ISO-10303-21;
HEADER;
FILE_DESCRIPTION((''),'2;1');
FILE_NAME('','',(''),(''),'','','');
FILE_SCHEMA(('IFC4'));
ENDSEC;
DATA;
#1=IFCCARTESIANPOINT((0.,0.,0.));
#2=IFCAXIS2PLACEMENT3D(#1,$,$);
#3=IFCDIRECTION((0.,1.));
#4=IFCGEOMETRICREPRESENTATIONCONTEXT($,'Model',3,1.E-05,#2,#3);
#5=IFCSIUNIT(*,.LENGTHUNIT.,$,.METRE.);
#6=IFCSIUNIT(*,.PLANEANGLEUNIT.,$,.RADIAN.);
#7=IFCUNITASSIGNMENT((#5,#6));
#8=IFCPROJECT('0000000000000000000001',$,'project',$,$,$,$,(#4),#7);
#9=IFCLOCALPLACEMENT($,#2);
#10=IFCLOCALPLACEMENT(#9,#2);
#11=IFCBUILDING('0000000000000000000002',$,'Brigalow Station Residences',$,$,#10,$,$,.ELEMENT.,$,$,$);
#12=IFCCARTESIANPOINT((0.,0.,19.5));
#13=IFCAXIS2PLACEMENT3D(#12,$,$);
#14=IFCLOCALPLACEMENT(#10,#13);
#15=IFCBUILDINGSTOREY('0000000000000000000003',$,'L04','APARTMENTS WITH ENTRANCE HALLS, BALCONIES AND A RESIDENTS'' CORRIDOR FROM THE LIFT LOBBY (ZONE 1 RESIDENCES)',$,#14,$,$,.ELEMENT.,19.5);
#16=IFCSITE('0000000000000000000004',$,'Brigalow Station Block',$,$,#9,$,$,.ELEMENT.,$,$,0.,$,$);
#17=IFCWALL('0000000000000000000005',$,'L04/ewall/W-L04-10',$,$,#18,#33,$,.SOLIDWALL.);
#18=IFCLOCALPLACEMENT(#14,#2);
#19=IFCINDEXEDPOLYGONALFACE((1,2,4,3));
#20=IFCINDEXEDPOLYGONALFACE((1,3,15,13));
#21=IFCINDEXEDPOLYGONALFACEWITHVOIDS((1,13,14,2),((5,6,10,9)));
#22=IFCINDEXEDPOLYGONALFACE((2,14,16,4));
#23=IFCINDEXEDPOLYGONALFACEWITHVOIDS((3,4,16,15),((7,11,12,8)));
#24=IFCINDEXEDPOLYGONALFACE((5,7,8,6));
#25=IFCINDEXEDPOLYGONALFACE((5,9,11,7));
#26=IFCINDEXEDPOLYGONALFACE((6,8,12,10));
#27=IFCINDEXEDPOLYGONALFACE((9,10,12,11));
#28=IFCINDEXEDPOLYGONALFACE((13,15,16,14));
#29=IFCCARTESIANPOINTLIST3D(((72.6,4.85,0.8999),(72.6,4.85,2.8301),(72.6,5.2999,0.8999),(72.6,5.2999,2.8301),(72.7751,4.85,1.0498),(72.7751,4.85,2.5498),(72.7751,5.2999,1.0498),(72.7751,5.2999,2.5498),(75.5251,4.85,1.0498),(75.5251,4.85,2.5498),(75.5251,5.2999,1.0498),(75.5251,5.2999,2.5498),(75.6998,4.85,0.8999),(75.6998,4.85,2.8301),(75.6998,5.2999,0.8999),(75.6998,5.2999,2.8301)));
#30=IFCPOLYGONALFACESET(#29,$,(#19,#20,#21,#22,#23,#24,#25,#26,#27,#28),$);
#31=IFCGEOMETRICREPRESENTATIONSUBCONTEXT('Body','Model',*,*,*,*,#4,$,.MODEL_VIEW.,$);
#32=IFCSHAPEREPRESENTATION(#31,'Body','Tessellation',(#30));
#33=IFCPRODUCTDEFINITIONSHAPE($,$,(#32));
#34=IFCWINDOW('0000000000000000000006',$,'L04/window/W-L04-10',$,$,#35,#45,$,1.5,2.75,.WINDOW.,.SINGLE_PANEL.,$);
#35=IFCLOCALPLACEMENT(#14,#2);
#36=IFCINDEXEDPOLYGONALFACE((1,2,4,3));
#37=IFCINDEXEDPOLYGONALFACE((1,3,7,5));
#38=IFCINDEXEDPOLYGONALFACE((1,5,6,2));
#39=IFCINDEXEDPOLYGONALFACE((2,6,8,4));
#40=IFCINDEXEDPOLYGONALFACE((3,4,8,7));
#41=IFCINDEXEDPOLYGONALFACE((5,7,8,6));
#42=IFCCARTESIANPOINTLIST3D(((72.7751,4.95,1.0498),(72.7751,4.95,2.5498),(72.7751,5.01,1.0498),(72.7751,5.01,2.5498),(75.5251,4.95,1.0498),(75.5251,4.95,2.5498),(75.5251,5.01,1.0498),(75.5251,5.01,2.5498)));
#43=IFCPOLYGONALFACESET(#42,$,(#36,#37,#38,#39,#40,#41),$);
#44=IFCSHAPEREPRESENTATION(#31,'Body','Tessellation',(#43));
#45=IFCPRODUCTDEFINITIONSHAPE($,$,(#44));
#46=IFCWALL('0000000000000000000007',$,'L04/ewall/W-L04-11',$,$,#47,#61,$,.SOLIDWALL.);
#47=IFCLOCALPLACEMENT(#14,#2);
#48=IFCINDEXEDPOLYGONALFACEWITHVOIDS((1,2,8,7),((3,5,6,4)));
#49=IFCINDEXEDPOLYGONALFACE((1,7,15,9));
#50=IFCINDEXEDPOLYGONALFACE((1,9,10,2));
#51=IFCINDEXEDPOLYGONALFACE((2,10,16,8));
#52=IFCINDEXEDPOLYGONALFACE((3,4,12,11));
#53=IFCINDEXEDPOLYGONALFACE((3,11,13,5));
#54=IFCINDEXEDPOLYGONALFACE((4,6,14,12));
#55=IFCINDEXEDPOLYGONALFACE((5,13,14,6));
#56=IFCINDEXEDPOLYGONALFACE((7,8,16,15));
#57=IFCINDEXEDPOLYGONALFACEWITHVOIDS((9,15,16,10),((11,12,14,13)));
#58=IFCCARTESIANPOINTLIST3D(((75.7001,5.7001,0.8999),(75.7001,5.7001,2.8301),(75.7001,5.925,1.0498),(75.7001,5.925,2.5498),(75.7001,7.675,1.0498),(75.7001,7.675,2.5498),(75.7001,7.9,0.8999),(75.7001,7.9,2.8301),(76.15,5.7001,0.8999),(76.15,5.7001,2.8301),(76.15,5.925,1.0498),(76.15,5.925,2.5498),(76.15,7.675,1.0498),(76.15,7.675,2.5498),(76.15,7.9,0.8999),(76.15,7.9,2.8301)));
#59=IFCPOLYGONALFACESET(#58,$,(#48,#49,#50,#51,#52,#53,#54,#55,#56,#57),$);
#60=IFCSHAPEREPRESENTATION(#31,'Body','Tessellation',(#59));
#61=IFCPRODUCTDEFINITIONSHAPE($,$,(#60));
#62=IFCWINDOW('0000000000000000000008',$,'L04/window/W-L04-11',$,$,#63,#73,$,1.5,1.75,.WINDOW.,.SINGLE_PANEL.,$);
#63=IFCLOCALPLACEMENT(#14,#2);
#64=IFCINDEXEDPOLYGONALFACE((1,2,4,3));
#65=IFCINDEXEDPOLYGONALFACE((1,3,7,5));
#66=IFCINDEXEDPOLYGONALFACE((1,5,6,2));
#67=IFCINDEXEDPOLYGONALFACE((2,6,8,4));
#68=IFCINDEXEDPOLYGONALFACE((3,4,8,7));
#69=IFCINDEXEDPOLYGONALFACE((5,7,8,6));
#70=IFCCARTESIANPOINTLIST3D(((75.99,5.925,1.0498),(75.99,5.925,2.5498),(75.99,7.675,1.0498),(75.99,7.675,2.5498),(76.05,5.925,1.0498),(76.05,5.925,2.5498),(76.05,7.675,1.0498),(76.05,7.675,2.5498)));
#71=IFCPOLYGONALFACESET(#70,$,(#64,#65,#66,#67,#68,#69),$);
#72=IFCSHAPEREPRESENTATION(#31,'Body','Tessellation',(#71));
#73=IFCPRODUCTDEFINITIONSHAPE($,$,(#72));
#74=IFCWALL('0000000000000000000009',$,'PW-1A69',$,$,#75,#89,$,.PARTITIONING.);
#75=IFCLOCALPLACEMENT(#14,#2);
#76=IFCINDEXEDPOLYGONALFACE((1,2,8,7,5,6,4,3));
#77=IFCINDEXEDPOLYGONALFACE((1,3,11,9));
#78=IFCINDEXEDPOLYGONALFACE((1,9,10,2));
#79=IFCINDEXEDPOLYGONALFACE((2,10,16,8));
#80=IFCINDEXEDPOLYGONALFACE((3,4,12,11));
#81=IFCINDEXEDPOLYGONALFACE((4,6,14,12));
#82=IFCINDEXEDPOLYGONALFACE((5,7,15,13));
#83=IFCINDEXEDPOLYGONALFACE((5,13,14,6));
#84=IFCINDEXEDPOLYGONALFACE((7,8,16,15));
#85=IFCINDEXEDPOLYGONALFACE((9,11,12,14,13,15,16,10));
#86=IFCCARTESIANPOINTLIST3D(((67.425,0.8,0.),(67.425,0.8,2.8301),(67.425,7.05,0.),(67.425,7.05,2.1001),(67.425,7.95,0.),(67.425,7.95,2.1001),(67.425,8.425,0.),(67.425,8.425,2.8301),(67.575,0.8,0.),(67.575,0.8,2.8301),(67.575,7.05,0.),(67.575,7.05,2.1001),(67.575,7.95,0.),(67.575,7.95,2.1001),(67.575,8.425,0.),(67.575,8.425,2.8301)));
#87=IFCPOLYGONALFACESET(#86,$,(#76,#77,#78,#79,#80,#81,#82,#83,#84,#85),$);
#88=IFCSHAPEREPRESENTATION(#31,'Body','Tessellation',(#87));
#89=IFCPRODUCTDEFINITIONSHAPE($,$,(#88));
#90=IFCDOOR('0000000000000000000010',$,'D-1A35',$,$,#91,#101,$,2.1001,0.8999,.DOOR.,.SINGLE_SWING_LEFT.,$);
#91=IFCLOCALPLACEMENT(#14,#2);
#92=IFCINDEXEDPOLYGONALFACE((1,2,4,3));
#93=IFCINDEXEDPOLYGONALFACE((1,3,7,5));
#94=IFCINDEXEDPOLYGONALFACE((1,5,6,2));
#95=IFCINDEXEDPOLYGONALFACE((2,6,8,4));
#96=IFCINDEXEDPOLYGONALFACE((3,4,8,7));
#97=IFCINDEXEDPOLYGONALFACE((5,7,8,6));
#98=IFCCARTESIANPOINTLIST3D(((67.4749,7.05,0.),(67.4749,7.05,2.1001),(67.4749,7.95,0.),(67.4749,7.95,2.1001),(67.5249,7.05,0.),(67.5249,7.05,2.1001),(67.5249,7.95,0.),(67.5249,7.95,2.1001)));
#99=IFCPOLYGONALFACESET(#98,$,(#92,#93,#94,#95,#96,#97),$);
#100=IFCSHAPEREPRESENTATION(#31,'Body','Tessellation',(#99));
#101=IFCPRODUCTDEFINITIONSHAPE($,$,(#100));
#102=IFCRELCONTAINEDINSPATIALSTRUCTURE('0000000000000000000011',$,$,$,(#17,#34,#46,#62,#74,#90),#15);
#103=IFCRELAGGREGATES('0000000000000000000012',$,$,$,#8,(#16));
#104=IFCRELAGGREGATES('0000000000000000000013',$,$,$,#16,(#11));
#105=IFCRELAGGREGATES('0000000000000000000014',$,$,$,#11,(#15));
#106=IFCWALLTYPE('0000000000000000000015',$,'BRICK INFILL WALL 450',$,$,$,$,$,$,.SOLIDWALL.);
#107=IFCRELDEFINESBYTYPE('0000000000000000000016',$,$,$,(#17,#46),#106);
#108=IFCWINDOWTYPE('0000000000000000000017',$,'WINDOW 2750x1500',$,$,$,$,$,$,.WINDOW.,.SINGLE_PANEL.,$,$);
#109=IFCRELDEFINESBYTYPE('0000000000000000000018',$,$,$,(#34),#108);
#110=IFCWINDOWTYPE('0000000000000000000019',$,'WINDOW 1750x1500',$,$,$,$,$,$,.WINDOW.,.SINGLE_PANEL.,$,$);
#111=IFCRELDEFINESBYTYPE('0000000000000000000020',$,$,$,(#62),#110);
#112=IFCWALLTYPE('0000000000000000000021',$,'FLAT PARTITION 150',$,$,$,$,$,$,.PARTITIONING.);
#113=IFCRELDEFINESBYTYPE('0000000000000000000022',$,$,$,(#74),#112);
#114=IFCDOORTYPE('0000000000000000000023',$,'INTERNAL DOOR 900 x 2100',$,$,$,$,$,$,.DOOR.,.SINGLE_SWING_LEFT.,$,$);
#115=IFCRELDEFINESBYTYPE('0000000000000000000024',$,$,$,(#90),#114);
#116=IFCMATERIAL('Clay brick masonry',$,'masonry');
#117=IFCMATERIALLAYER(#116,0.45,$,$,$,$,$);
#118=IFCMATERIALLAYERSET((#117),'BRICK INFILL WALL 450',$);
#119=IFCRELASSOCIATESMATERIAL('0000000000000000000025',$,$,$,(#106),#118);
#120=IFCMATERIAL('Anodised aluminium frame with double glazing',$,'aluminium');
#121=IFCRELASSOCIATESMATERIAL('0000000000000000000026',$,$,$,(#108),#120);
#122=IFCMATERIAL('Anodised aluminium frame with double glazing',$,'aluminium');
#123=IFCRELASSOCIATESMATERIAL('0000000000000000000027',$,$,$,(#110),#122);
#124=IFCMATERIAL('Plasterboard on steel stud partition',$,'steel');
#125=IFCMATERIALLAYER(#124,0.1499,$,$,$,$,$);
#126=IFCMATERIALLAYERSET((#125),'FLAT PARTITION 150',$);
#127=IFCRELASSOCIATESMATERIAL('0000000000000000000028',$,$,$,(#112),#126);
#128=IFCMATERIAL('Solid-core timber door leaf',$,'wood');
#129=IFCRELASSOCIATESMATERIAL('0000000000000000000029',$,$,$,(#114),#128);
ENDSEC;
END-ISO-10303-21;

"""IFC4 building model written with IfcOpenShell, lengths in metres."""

from ifc_helpers import new_model, si_unit, direction, frame, frame_2d, origin, place, context, subcontext, project, spatial, rectangle, extrude, material, layer, layer_set, type_object, element, fill, save


model = new_model("IFC4")

# Units and contexts
model_context = context("Model", 3, precision=1e-05, world=origin(), true_north=direction((0.0, 1.0)))
body_context = subcontext(model_context, "Body", "Model", "MODEL_VIEW")
ifc_project = project(units=[si_unit("LENGTHUNIT", "METRE"), si_unit("PLANEANGLEUNIT", "RADIAN")], contexts=[model_context])

# Site, building, storey
site_placement = place(None, origin())
site = spatial("IfcSite", under=ifc_project, at=site_placement, Name="Brigalow Station Block", CompositionType="ELEMENT", RefElevation=0.0)
building_placement = place(site_placement, origin())
building = spatial("IfcBuilding", under=site, at=building_placement, Name="Brigalow Station Residences", CompositionType="ELEMENT")
storey_placement = place(building_placement, frame((0.0, 0.0, 19.5)))
storey = spatial("IfcBuildingStorey", under=building, at=storey_placement, Name="L04", Description="APARTMENTS WITH ENTRANCE HALLS, BALCONIES AND A RESIDENTS' CORRIDOR FROM THE LIFT LOBBY (ZONE 1 RESIDENCES)", CompositionType="ELEMENT", Elevation=19.5)

# Walls, openings, windows
ifc_material_1 = material(Name="Clay brick masonry", Category="masonry")
ifc_layer_1 = layer(ifc_material_1, 0.45)
ifc_layer_set_1 = layer_set([ifc_layer_1], Name="BRICK INFILL WALL 450")
wall_type_1 = type_object("IfcWallType", Name="BRICK INFILL WALL 450", PredefinedType="SOLIDWALL", material=ifc_layer_set_1)
wall_1_placement = place(storey_placement, frame((72.6001, 5.075, 0.8999), z_axis=(0.0, 0.0, 1.0), x_axis=(1.0, 0.0, 0.0)))
wall_1 = element("IfcWall", 1, at=wall_1_placement, inside=storey, type_object=wall_type_1, Name="L04/ewall/W-L04-10", PredefinedType="SOLIDWALL", context=body_context, shape_type="SweptSolid", body=[
    extrude(rectangle(XDim=3.0999, YDim=0.45, at=frame_2d((1.5498, 0.0))), origin(), (0.0, 0.0, 1.0), 1.9302),
])
opening_1_placement = place(wall_1_placement, frame((0.175, 0.0, 0.1499)))
opening_1 = element("IfcOpeningElement", 2, at=opening_1_placement, cuts=wall_1, PredefinedType="OPENING", context=body_context, shape_type="SweptSolid", body=[
    extrude(rectangle(XDim=2.75, YDim=1.5, at=frame_2d((1.375, 0.75))), frame((0.0, 0.2349, 0.0), z_axis=(0.0, -1.0, 0.0), x_axis=(1.0, 0.0, 0.0)), (0.0, 0.0, 1.0), 0.47),
])
ifc_material_2 = material(Name="Anodised aluminium frame with double glazing", Category="aluminium")
window_type_1 = type_object("IfcWindowType", Name="WINDOW 2750x1500", PartitioningType="SINGLE_PANEL", PredefinedType="WINDOW", material=ifc_material_2)
window_1_placement = place(opening_1_placement, origin())
window_1 = element("IfcWindow", 3, at=window_1_placement, inside=storey, type_object=window_type_1, Name="L04/window/W-L04-10", OverallHeight=1.5, OverallWidth=2.75, PartitioningType="SINGLE_PANEL", PredefinedType="WINDOW", context=body_context, shape_type="SweptSolid", body=[
    extrude(rectangle(XDim=2.75, YDim=1.5, at=frame_2d((1.375, 0.75))), frame((0.0, -0.0649, 0.0), z_axis=(0.0, -1.0, 0.0), x_axis=(1.0, 0.0, 0.0)), (0.0, 0.0, 1.0), 0.0601),
])
fill(opening_1, window_1)
wall_2_placement = place(storey_placement, frame((75.925, 5.7, 0.8999), z_axis=(0.0, 0.0, 1.0), x_axis=(0.0, 1.0, 0.0)))
wall_2 = element("IfcWall", 4, at=wall_2_placement, inside=storey, type_object=wall_type_1, Name="L04/ewall/W-L04-11", PredefinedType="SOLIDWALL", context=body_context, shape_type="SweptSolid", body=[
    extrude(rectangle(XDim=2.2, YDim=0.45, at=frame_2d((1.1001, 0.0))), origin(), (0.0, 0.0, 1.0), 1.9302),
])
opening_2_placement = place(wall_2_placement, frame((0.2251, 0.0, 0.1499)))
opening_2 = element("IfcOpeningElement", 5, at=opening_2_placement, cuts=wall_2, PredefinedType="OPENING", context=body_context, shape_type="SweptSolid", body=[
    extrude(rectangle(XDim=1.75, YDim=1.5, at=frame_2d((0.875, 0.75))), frame((0.0, 0.2349, 0.0), z_axis=(0.0, -1.0, 0.0), x_axis=(1.0, 0.0, 0.0)), (0.0, 0.0, 1.0), 0.47),
])
ifc_material_3 = material(Name="Anodised aluminium frame with double glazing", Category="aluminium")
window_type_2 = type_object("IfcWindowType", Name="WINDOW 1750x1500", PartitioningType="SINGLE_PANEL", PredefinedType="WINDOW", material=ifc_material_3)
window_2_placement = place(opening_2_placement, origin())
window_2 = element("IfcWindow", 6, at=window_2_placement, inside=storey, type_object=window_type_2, Name="L04/window/W-L04-11", OverallHeight=1.5, OverallWidth=1.75, PartitioningType="SINGLE_PANEL", PredefinedType="WINDOW", context=body_context, shape_type="SweptSolid", body=[
    extrude(rectangle(XDim=1.75, YDim=1.5, at=frame_2d((0.875, 0.75))), frame((0.0, -0.0649, 0.0), z_axis=(0.0, -1.0, 0.0), x_axis=(1.0, 0.0, 0.0)), (0.0, 0.0, 1.0), 0.0601),
])
fill(opening_2, window_2)

# Wall, opening, door
ifc_material_4 = material(Name="Plasterboard on steel stud partition", Category="steel")
ifc_layer_2 = layer(ifc_material_4, 0.1499)
ifc_layer_set_2 = layer_set([ifc_layer_2], Name="FLAT PARTITION 150")
wall_type_2 = type_object("IfcWallType", Name="FLAT PARTITION 150", PredefinedType="PARTITIONING", material=ifc_layer_set_2)
wall_3_placement = place(storey_placement, frame((67.5, 0.8, 0.0), z_axis=(0.0, 0.0, 1.0), x_axis=(0.0, 1.0, 0.0)))
wall_3 = element("IfcWall", 7, at=wall_3_placement, inside=storey, type_object=wall_type_2, Name="PW-1A69", PredefinedType="PARTITIONING", context=body_context, shape_type="SweptSolid", body=[
    extrude(rectangle(XDim=7.625, YDim=0.1499, at=frame_2d((3.8125, 0.0))), origin(), (0.0, 0.0, 1.0), 2.8301),
])
opening_3_placement = place(wall_3_placement, frame((6.25, 0.0, 0.0)))
opening_3 = element("IfcOpeningElement", 8, at=opening_3_placement, cuts=wall_3, PredefinedType="OPENING", context=body_context, shape_type="SweptSolid", body=[
    extrude(rectangle(XDim=0.8999, YDim=2.1001, at=frame_2d((0.45, 1.05))), frame((0.0, 0.085, 0.0), z_axis=(0.0, -1.0, 0.0), x_axis=(1.0, 0.0, 0.0)), (0.0, 0.0, 1.0), 0.1699),
])
ifc_material_5 = material(Name="Solid-core timber door leaf", Category="wood")
door_type = type_object("IfcDoorType", Name="INTERNAL DOOR 900 x 2100", OperationType="SINGLE_SWING_LEFT", PredefinedType="DOOR", material=ifc_material_5)
door_placement = place(opening_3_placement, frame((0.8999, 0.0, 0.0), z_axis=(0.0, 0.0, 1.0), x_axis=(-1.0, 0.0, 0.0)))
door = element("IfcDoor", 9, at=door_placement, inside=storey, type_object=door_type, Name="D-1A35", OperationType="SINGLE_SWING_LEFT", OverallHeight=2.1001, OverallWidth=0.8999, PredefinedType="DOOR", context=body_context, shape_type="SweptSolid", body=[
    extrude(rectangle(XDim=0.8999, YDim=2.1001, at=frame_2d((0.45, 1.05))), frame((0.0, 0.0249, 0.0), z_axis=(0.0, -1.0, 0.0), x_axis=(1.0, 0.0, 0.0)), (0.0, 0.0, 1.0), 0.05),
])
fill(opening_3, door)

save(model, "model.ifc")
